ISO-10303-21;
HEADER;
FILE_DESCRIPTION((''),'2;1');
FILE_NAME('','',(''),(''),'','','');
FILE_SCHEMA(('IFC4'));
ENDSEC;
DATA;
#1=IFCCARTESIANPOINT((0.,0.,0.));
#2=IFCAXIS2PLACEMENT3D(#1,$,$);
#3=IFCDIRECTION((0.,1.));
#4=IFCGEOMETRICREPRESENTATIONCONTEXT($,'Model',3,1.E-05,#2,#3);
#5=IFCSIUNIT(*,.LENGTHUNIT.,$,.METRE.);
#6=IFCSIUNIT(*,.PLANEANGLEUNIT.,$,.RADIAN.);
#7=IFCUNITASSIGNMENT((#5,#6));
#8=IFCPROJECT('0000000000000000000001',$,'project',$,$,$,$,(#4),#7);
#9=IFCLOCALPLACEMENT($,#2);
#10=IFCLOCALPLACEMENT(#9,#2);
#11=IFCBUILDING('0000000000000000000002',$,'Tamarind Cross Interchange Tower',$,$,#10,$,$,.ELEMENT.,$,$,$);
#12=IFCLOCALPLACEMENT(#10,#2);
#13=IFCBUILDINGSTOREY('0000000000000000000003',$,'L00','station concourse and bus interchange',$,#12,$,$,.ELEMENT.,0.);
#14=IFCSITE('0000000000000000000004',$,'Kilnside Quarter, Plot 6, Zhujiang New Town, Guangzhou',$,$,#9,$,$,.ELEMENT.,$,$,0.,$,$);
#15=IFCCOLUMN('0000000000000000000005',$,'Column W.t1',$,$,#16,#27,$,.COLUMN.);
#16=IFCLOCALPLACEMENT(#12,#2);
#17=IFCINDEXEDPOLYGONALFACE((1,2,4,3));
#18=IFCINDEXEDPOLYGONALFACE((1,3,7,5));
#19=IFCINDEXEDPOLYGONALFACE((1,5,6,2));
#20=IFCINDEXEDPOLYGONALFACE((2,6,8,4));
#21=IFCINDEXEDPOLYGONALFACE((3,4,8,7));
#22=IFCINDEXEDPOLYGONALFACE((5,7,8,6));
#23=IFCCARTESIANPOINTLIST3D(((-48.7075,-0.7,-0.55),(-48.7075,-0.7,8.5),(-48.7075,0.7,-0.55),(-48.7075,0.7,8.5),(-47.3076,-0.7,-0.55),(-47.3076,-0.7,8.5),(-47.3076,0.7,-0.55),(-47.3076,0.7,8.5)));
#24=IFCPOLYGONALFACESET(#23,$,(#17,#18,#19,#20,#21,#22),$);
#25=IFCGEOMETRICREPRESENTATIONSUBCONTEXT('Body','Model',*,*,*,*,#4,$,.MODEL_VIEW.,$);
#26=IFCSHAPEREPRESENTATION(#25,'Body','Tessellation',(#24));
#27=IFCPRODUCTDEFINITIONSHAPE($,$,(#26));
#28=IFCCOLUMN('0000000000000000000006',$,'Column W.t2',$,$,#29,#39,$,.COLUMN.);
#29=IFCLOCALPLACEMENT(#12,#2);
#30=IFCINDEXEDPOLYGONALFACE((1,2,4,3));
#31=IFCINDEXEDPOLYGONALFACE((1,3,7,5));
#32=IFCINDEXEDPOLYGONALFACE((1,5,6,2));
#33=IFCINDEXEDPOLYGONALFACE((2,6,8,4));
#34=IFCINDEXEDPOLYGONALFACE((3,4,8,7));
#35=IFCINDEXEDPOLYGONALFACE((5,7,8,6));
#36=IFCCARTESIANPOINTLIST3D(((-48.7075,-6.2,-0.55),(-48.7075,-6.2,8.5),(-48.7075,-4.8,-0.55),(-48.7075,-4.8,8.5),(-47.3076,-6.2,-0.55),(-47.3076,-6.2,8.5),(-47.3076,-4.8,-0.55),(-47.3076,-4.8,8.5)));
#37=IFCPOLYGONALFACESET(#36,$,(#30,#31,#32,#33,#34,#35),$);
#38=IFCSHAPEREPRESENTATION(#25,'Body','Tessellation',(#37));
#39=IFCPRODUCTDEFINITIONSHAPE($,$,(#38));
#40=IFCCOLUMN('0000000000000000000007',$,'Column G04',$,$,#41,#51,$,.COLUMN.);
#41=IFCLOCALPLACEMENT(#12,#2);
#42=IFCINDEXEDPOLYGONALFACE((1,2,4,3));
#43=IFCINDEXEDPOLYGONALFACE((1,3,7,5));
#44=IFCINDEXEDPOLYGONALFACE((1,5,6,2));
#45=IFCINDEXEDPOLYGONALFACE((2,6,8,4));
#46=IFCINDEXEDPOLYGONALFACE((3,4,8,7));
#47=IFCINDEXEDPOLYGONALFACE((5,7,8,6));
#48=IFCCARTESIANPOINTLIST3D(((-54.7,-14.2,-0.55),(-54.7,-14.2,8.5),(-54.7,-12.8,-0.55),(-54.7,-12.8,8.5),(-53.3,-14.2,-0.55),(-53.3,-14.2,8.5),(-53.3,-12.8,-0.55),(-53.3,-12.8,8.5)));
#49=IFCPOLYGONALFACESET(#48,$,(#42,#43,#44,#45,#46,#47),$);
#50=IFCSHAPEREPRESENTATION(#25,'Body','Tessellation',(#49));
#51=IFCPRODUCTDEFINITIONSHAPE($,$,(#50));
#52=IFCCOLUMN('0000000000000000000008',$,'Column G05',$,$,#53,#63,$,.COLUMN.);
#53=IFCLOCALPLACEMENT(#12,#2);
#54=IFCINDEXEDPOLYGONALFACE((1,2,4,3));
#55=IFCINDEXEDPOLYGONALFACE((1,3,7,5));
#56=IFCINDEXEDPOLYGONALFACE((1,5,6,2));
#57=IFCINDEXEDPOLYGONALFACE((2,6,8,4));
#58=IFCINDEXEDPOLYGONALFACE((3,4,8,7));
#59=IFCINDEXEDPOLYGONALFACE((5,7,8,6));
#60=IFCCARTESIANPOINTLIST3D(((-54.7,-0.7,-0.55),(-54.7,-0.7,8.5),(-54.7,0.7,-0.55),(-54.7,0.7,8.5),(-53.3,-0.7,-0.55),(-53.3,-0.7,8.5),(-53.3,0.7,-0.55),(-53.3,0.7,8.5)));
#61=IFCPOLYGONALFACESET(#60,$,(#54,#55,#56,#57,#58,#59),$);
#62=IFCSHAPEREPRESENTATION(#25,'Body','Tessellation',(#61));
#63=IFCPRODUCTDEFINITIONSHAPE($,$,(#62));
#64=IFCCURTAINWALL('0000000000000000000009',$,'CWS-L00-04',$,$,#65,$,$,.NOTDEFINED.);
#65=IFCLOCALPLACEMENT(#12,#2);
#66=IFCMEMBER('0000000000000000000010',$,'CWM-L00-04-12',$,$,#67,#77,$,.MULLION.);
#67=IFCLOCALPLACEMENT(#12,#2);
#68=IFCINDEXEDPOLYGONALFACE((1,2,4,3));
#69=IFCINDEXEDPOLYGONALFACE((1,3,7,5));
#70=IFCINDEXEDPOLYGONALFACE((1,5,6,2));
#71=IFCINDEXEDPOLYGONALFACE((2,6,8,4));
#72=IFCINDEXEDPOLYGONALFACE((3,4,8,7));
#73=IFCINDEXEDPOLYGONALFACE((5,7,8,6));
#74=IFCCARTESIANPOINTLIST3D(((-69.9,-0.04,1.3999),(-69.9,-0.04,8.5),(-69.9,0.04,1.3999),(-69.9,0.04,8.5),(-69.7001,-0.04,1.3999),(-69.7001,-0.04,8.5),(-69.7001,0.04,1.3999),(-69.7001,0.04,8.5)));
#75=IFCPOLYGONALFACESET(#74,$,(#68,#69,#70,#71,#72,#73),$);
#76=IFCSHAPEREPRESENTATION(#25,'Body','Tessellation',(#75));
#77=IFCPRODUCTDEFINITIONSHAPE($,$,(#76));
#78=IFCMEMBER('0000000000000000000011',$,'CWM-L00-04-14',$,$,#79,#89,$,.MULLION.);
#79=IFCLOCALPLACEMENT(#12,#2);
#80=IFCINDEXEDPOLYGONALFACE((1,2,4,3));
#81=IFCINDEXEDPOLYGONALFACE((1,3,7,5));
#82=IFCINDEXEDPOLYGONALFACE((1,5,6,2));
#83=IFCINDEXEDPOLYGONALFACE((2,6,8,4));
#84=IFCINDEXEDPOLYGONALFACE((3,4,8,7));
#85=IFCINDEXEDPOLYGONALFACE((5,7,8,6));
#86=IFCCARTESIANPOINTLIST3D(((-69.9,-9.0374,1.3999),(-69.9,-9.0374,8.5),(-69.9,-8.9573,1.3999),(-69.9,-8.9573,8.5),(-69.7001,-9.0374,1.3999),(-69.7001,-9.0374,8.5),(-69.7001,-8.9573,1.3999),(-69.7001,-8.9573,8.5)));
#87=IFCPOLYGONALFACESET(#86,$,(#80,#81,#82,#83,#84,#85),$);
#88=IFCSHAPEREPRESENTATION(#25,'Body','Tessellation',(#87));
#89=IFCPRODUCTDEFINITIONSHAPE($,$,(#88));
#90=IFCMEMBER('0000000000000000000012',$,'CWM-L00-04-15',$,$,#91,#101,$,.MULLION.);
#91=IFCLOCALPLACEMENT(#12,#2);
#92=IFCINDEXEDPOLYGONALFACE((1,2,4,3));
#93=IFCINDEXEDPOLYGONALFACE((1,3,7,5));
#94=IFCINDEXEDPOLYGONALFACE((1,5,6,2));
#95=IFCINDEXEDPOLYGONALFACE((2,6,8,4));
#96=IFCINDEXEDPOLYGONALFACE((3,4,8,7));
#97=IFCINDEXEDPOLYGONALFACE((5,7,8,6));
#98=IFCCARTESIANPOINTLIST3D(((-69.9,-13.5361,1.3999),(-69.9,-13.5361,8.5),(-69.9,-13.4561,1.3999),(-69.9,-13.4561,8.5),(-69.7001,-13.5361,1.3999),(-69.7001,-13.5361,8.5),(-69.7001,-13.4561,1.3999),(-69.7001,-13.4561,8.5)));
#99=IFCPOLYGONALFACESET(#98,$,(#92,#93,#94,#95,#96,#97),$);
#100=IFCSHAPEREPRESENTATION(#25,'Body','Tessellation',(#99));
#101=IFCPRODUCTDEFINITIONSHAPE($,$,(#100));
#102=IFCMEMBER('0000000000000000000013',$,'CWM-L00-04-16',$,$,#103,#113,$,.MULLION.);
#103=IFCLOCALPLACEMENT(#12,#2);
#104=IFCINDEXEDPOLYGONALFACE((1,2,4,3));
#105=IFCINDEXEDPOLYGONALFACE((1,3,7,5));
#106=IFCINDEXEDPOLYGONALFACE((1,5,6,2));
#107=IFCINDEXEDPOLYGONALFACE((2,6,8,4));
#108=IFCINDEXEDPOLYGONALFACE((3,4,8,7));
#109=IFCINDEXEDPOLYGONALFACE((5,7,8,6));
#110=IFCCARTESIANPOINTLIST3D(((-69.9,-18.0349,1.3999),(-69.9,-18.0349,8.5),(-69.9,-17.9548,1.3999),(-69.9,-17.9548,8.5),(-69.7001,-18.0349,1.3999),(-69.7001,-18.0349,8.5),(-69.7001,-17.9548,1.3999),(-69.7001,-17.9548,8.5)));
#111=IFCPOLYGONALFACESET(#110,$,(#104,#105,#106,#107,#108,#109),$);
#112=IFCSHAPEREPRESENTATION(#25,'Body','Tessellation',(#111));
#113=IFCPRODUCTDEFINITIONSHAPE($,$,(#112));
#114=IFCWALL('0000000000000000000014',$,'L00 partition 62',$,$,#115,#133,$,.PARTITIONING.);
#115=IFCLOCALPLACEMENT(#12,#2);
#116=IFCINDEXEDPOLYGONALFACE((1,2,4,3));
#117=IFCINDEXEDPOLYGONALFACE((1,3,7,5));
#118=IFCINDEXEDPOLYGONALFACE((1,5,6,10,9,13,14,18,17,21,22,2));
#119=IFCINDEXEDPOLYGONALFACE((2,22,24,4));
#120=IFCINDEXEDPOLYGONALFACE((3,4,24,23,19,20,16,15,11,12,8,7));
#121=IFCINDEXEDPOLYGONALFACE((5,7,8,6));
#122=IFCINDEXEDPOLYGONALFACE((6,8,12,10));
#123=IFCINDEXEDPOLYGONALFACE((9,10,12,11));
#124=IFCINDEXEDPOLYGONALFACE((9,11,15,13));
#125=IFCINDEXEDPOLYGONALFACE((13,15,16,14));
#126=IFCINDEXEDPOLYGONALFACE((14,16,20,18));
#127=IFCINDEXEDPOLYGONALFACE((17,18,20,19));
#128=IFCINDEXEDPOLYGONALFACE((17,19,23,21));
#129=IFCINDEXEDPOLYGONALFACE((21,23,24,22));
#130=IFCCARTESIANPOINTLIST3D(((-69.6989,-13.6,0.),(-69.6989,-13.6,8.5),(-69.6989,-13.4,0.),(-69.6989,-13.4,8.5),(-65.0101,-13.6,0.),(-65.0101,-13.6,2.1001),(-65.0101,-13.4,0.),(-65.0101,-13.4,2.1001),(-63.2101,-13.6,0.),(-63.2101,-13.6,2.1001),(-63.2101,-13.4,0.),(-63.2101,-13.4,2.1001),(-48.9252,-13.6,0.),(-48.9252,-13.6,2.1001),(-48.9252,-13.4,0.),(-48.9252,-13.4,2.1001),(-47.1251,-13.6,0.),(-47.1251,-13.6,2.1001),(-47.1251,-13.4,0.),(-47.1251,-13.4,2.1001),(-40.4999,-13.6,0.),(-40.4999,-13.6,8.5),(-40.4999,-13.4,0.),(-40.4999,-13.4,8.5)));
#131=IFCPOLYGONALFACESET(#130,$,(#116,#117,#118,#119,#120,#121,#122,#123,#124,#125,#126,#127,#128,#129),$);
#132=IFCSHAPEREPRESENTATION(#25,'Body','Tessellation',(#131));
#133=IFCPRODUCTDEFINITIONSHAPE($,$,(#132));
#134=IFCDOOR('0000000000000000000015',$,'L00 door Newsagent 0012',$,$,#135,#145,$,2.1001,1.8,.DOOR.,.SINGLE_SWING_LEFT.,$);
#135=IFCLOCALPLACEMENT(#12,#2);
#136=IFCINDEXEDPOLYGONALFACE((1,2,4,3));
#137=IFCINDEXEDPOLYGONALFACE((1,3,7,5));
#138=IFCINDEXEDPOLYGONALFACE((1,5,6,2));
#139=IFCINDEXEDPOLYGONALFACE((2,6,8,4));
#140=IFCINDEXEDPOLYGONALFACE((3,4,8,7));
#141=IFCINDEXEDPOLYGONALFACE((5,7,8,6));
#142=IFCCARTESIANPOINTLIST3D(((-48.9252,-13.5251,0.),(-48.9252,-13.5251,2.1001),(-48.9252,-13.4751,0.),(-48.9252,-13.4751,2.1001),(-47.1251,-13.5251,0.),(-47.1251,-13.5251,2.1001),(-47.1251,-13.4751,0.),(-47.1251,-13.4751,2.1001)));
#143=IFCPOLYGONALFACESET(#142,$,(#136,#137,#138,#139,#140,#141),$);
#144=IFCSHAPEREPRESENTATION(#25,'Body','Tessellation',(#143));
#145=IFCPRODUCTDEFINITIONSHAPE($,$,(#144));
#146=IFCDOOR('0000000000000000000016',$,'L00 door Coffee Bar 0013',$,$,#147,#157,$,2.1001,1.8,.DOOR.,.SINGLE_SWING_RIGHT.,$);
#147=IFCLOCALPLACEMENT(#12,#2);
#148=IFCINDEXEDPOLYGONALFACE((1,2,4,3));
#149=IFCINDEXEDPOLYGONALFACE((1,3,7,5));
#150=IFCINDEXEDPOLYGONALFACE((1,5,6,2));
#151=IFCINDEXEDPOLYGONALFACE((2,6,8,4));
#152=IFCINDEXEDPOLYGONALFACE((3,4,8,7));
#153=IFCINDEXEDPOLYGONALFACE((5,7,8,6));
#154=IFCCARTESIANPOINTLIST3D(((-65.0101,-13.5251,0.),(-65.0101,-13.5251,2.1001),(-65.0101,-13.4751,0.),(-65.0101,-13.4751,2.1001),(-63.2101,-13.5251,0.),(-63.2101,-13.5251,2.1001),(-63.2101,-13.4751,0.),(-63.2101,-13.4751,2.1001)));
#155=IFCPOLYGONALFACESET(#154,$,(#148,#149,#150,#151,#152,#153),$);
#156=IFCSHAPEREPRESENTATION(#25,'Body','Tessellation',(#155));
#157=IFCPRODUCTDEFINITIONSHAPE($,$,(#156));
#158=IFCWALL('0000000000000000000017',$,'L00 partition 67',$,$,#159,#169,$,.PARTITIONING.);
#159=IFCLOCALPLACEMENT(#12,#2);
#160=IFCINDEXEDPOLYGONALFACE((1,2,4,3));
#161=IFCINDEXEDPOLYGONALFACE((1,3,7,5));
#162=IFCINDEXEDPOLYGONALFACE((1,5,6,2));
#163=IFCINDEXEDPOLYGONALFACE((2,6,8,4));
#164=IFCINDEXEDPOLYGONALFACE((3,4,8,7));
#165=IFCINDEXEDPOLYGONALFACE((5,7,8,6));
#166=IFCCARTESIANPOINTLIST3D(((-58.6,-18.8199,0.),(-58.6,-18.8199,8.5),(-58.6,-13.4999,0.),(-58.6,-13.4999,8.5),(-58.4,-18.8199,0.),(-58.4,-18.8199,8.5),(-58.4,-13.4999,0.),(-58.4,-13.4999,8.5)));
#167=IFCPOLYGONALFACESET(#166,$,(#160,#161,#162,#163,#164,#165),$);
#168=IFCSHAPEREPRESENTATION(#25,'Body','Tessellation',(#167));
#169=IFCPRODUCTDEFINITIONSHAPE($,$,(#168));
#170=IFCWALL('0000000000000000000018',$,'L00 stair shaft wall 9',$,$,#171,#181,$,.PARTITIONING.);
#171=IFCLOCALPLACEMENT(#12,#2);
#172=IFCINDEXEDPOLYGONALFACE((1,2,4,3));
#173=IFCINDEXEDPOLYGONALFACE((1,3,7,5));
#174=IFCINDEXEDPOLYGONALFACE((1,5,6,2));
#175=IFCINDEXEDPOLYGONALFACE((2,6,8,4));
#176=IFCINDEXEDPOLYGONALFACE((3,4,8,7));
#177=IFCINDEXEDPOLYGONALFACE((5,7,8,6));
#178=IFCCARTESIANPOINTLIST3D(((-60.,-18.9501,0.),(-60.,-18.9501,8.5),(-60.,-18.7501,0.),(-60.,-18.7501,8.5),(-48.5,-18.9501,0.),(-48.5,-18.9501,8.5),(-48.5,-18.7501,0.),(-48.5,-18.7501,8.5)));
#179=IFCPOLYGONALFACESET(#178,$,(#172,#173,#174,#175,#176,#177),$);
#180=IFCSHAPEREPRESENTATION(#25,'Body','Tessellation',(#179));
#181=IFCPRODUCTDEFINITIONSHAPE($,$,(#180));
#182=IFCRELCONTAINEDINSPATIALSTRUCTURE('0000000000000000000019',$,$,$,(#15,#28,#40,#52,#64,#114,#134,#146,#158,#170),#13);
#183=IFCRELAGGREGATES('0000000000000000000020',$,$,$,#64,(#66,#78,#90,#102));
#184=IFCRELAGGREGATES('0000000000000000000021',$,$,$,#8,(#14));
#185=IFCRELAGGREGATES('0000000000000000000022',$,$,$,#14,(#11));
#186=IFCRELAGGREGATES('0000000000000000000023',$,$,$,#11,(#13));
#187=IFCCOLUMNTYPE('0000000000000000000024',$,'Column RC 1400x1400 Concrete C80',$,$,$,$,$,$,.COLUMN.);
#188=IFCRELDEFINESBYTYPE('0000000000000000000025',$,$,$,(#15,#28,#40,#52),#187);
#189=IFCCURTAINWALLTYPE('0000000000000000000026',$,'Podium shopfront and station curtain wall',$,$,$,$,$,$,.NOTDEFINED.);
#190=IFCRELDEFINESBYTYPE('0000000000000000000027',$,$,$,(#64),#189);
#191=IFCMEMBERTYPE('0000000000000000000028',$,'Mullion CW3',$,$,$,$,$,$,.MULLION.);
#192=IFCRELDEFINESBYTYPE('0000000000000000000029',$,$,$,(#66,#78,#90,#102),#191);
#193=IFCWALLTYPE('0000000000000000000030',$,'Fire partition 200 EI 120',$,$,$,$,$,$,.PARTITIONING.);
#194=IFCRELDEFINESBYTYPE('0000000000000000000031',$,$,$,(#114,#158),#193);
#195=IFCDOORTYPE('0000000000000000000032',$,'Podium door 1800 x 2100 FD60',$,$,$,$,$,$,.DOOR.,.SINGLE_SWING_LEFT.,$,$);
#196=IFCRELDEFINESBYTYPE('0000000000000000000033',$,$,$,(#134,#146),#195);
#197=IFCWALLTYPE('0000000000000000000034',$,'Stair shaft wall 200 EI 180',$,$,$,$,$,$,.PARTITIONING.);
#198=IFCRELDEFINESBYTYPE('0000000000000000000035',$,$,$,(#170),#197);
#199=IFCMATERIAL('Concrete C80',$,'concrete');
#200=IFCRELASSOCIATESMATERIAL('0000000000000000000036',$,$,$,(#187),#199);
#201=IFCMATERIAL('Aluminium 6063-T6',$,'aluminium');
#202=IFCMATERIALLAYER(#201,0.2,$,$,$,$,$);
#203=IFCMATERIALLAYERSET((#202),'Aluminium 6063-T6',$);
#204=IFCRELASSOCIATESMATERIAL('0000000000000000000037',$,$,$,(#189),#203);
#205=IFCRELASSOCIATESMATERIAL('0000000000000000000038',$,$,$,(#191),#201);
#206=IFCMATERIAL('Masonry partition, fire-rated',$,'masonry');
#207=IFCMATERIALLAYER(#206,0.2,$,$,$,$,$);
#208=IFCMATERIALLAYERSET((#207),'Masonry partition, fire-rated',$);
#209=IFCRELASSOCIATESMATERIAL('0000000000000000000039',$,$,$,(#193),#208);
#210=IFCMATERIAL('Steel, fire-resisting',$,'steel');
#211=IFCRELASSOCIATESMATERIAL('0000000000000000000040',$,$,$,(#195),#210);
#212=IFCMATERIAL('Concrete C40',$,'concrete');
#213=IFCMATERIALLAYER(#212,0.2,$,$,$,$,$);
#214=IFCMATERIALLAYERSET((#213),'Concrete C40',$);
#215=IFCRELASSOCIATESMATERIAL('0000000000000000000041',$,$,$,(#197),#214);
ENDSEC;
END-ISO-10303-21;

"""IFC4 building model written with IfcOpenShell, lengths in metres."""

from ifc_helpers import new_model, si_unit, direction, frame, frame_2d, origin, origin_2d, place, context, subcontext, project, spatial, rectangle, extrude, material, layer, layer_set, material_profile, profile_set, type_object, element, fill, aggregate, save


model = new_model("IFC4")

# Units and contexts
model_context = context("Model", 3, precision=1e-05, world=origin(), true_north=direction((0.0, 1.0)))
body_context = subcontext(model_context, "Body", "Model", "MODEL_VIEW")
ifc_project = project(units=[si_unit("LENGTHUNIT", "METRE"), si_unit("PLANEANGLEUNIT", "RADIAN")], contexts=[model_context])

# Site, building, storey
site_placement = place(None, origin())
site = spatial("IfcSite", under=ifc_project, at=site_placement, Name="Kilnside Quarter, Plot 6, Zhujiang New Town, Guangzhou", CompositionType="ELEMENT", RefElevation=0.0)
building_placement = place(site_placement, origin())
building = spatial("IfcBuilding", under=site, at=building_placement, Name="Tamarind Cross Interchange Tower", CompositionType="ELEMENT")
storey_placement = place(building_placement, origin())
storey = spatial("IfcBuildingStorey", under=building, at=storey_placement, Name="L00", Description="station concourse and bus interchange", CompositionType="ELEMENT", Elevation=0.0)

# Columns
ifc_material_1 = material(Name="Concrete C80", Category="concrete")
ifc_material_profile_1 = material_profile(ifc_material_1, rectangle(XDim=1.3999, YDim=1.3999, at=origin_2d()), Name="RC 1400x1400")
ifc_profile_set_1 = profile_set([ifc_material_profile_1], Name="Concrete C80")
column_type = type_object("IfcColumnType", Name="Column RC 1400x1400 Concrete C80", PredefinedType="COLUMN", material=ifc_profile_set_1)
for number, where, z_axis, x_axis, name in (
    (1, (-48.0076, 0.0, -0.55), (0.0, 0.0, 1.0), (1.0, 0.0, 0.0), "Column W.t1"),
    (2, (-48.0076, -5.5, -0.55), (0.0, 0.0, 1.0), (1.0, 0.0, 0.0), "Column W.t2"),
    (3, (-54.0, -13.5, -0.55), (0.0, 0.0, 1.0), (1.0, 0.0, 0.0), "Column G04"),
    (4, (-54.0, 0.0, -0.55), (0.0, 0.0, 1.0), (1.0, 0.0, 0.0), "Column G05"),
):
    element("IfcColumn", number, at=place(storey_placement, frame(where, z_axis=z_axis, x_axis=x_axis)), inside=storey, type_object=column_type, Name=name, PredefinedType="COLUMN", context=body_context, shape_type="SweptSolid", body=[
        extrude(rectangle(XDim=1.3999, YDim=1.3999, at=origin_2d()), origin(), (0.0, 0.0, 1.0), 9.05),
    ])

# Curtain wall, members
ifc_material_2 = material(Name="Aluminium 6063-T6", Category="aluminium")
ifc_layer_1 = layer(ifc_material_2, 0.2)
ifc_layer_set_1 = layer_set([ifc_layer_1], Name="Aluminium 6063-T6")
curtain_wall_type = type_object("IfcCurtainWallType", Name="Podium shopfront and station curtain wall", PredefinedType="NOTDEFINED", material=ifc_layer_set_1)
curtain_wall_placement = place(storey_placement, origin())
curtain_wall = element("IfcCurtainWall", 5, at=curtain_wall_placement, inside=storey, type_object=curtain_wall_type, Name="CWS-L00-04", PredefinedType="NOTDEFINED")
ifc_material_profile_2 = material_profile(ifc_material_2, rectangle(XDim=0.0801, YDim=0.2, at=origin_2d()), Name="Mullion CW3")
ifc_profile_set_2 = profile_set([ifc_material_profile_2], Name="Aluminium 6063-T6")
member_type = type_object("IfcMemberType", Name="Mullion CW3", PredefinedType="MULLION", material=ifc_profile_set_2)
member_1_placement = place(storey_placement, frame((-69.8, 0.0, 1.3999), z_axis=(0.0, 0.0, 1.0), x_axis=(0.0, -1.0, 0.0)))
member_1 = element("IfcMember", 6, at=member_1_placement, type_object=member_type, Name="CWM-L00-04-12", PredefinedType="MULLION", context=body_context, shape_type="SweptSolid", body=[
    extrude(rectangle(XDim=0.0801, YDim=0.2, at=origin_2d()), origin(), (0.0, 0.0, 1.0), 7.1001),
])
member_2_placement = place(storey_placement, frame((-69.8, -8.9973, 1.3999), z_axis=(0.0, 0.0, 1.0), x_axis=(0.0, -1.0, 0.0)))
member_2 = element("IfcMember", 7, at=member_2_placement, type_object=member_type, Name="CWM-L00-04-14", PredefinedType="MULLION", context=body_context, shape_type="SweptSolid", body=[
    extrude(rectangle(XDim=0.0801, YDim=0.2, at=origin_2d()), origin(), (0.0, 0.0, 1.0), 7.1001),
])
member_3_placement = place(storey_placement, frame((-69.8, -13.4961, 1.3999), z_axis=(0.0, 0.0, 1.0), x_axis=(0.0, -1.0, 0.0)))
member_3 = element("IfcMember", 8, at=member_3_placement, type_object=member_type, Name="CWM-L00-04-15", PredefinedType="MULLION", context=body_context, shape_type="SweptSolid", body=[
    extrude(rectangle(XDim=0.0801, YDim=0.2, at=origin_2d()), origin(), (0.0, 0.0, 1.0), 7.1001),
])
member_4_placement = place(storey_placement, frame((-69.8, -17.9949, 1.3999), z_axis=(0.0, 0.0, 1.0), x_axis=(0.0, -1.0, 0.0)))
member_4 = element("IfcMember", 9, at=member_4_placement, type_object=member_type, Name="CWM-L00-04-16", PredefinedType="MULLION", context=body_context, shape_type="SweptSolid", body=[
    extrude(rectangle(XDim=0.0801, YDim=0.2, at=origin_2d()), origin(), (0.0, 0.0, 1.0), 7.1001),
])
aggregate(curtain_wall, [member_1, member_2, member_3, member_4])

# Wall, openings, doors
ifc_material_3 = material(Name="Masonry partition, fire-rated", Category="masonry")
ifc_layer_2 = layer(ifc_material_3, 0.2)
ifc_layer_set_2 = layer_set([ifc_layer_2], Name="Masonry partition, fire-rated")
wall_type_1 = type_object("IfcWallType", Name="Fire partition 200 EI 120", PredefinedType="PARTITIONING", material=ifc_layer_set_2)
wall_1_placement = place(storey_placement, frame((-69.699, -13.5, 0.0), z_axis=(0.0, 0.0, 1.0), x_axis=(1.0, 0.0, 0.0)))
wall_1 = element("IfcWall", 10, at=wall_1_placement, inside=storey, type_object=wall_type_1, Name="L00 partition 62", PredefinedType="PARTITIONING", context=body_context, shape_type="SweptSolid", body=[
    extrude(rectangle(XDim=29.199, YDim=0.2, at=frame_2d((14.5996, 0.0))), origin(), (0.0, 0.0, 1.0), 8.5),
])
opening_1_placement = place(wall_1_placement, frame((20.7739, 0.0, 0.0)))
opening_1 = element("IfcOpeningElement", 11, at=opening_1_placement, cuts=wall_1, PredefinedType="OPENING", context=body_context, shape_type="SweptSolid", body=[
    extrude(rectangle(XDim=1.8, YDim=2.1001, at=frame_2d((0.8999, 1.05))), frame((0.0, 0.1099, 0.0), z_axis=(0.0, -1.0, 0.0), x_axis=(1.0, 0.0, 0.0)), (0.0, 0.0, 1.0), 0.22),
])
opening_2_placement = place(wall_1_placement, frame((4.689, 0.0, 0.0)))
opening_2 = element("IfcOpeningElement", 12, at=opening_2_placement, cuts=wall_1, PredefinedType="OPENING", context=body_context, shape_type="SweptSolid", body=[
    extrude(rectangle(XDim=1.8, YDim=2.1001, at=frame_2d((0.8999, 1.05))), frame((0.0, 0.1099, 0.0), z_axis=(0.0, -1.0, 0.0), x_axis=(1.0, 0.0, 0.0)), (0.0, 0.0, 1.0), 0.22),
])
ifc_material_4 = material(Name="Steel, fire-resisting", Category="steel")
door_type_1 = type_object("IfcDoorType", Name="Podium door 1800 x 2100 FD60", OperationType="SINGLE_SWING_LEFT", PredefinedType="DOOR", material=ifc_material_4)
door_1_placement = place(opening_1_placement, origin())
door_1 = element("IfcDoor", 13, at=door_1_placement, inside=storey, type_object=door_type_1, Name="L00 door Newsagent 0012", OperationType="SINGLE_SWING_LEFT", OverallHeight=2.1001, OverallWidth=1.8, PredefinedType="DOOR", context=body_context, shape_type="SweptSolid", body=[
    extrude(rectangle(XDim=1.8, YDim=2.1001, at=frame_2d((0.8999, 1.05))), frame((0.0, 0.0249, 0.0), z_axis=(0.0, -1.0, 0.0), x_axis=(1.0, 0.0, 0.0)), (0.0, 0.0, 1.0), 0.05),
])
fill(opening_1, door_1)
door_2_placement = place(opening_2_placement, origin())
door_2 = element("IfcDoor", 14, at=door_2_placement, inside=storey, type_object=door_type_1, Name="L00 door Coffee Bar 0013", OperationType="SINGLE_SWING_RIGHT", OverallHeight=2.1001, OverallWidth=1.8, PredefinedType="DOOR", context=body_context, shape_type="SweptSolid", body=[
    extrude(rectangle(XDim=1.8, YDim=2.1001, at=frame_2d((0.8999, 1.05))), frame((0.0, 0.0249, 0.0), z_axis=(0.0, -1.0, 0.0), x_axis=(1.0, 0.0, 0.0)), (0.0, 0.0, 1.0), 0.05),
])
fill(opening_2, door_2)

# Wall
wall_2_placement = place(storey_placement, frame((-58.5, -18.8201, 0.0), z_axis=(0.0, 0.0, 1.0), x_axis=(0.0, 1.0, 0.0)))
element("IfcWall", 15, at=wall_2_placement, inside=storey, type_object=wall_type_1, Name="L00 partition 67", PredefinedType="PARTITIONING", context=body_context, shape_type="SweptSolid", body=[
    extrude(rectangle(XDim=5.3201, YDim=0.2, at=frame_2d((2.6602, 0.0))), origin(), (0.0, 0.0, 1.0), 8.5),
])

# Wall
ifc_material_5 = material(Name="Concrete C40", Category="concrete")
ifc_layer_3 = layer(ifc_material_5, 0.2)
ifc_layer_set_3 = layer_set([ifc_layer_3], Name="Concrete C40")
wall_type_2 = type_object("IfcWallType", Name="Stair shaft wall 200 EI 180", PredefinedType="PARTITIONING", material=ifc_layer_set_3)
wall_3_placement = place(storey_placement, frame((-60.0, -18.8501, 0.0), z_axis=(0.0, 0.0, 1.0), x_axis=(1.0, 0.0, 0.0)))
element("IfcWall", 16, at=wall_3_placement, inside=storey, type_object=wall_type_2, Name="L00 stair shaft wall 9", PredefinedType="PARTITIONING", context=body_context, shape_type="SweptSolid", body=[
    extrude(rectangle(XDim=11.5, YDim=0.2, at=frame_2d((5.75, 0.0))), origin(), (0.0, 0.0, 1.0), 8.5),
])

save(model, "model.ifc")
